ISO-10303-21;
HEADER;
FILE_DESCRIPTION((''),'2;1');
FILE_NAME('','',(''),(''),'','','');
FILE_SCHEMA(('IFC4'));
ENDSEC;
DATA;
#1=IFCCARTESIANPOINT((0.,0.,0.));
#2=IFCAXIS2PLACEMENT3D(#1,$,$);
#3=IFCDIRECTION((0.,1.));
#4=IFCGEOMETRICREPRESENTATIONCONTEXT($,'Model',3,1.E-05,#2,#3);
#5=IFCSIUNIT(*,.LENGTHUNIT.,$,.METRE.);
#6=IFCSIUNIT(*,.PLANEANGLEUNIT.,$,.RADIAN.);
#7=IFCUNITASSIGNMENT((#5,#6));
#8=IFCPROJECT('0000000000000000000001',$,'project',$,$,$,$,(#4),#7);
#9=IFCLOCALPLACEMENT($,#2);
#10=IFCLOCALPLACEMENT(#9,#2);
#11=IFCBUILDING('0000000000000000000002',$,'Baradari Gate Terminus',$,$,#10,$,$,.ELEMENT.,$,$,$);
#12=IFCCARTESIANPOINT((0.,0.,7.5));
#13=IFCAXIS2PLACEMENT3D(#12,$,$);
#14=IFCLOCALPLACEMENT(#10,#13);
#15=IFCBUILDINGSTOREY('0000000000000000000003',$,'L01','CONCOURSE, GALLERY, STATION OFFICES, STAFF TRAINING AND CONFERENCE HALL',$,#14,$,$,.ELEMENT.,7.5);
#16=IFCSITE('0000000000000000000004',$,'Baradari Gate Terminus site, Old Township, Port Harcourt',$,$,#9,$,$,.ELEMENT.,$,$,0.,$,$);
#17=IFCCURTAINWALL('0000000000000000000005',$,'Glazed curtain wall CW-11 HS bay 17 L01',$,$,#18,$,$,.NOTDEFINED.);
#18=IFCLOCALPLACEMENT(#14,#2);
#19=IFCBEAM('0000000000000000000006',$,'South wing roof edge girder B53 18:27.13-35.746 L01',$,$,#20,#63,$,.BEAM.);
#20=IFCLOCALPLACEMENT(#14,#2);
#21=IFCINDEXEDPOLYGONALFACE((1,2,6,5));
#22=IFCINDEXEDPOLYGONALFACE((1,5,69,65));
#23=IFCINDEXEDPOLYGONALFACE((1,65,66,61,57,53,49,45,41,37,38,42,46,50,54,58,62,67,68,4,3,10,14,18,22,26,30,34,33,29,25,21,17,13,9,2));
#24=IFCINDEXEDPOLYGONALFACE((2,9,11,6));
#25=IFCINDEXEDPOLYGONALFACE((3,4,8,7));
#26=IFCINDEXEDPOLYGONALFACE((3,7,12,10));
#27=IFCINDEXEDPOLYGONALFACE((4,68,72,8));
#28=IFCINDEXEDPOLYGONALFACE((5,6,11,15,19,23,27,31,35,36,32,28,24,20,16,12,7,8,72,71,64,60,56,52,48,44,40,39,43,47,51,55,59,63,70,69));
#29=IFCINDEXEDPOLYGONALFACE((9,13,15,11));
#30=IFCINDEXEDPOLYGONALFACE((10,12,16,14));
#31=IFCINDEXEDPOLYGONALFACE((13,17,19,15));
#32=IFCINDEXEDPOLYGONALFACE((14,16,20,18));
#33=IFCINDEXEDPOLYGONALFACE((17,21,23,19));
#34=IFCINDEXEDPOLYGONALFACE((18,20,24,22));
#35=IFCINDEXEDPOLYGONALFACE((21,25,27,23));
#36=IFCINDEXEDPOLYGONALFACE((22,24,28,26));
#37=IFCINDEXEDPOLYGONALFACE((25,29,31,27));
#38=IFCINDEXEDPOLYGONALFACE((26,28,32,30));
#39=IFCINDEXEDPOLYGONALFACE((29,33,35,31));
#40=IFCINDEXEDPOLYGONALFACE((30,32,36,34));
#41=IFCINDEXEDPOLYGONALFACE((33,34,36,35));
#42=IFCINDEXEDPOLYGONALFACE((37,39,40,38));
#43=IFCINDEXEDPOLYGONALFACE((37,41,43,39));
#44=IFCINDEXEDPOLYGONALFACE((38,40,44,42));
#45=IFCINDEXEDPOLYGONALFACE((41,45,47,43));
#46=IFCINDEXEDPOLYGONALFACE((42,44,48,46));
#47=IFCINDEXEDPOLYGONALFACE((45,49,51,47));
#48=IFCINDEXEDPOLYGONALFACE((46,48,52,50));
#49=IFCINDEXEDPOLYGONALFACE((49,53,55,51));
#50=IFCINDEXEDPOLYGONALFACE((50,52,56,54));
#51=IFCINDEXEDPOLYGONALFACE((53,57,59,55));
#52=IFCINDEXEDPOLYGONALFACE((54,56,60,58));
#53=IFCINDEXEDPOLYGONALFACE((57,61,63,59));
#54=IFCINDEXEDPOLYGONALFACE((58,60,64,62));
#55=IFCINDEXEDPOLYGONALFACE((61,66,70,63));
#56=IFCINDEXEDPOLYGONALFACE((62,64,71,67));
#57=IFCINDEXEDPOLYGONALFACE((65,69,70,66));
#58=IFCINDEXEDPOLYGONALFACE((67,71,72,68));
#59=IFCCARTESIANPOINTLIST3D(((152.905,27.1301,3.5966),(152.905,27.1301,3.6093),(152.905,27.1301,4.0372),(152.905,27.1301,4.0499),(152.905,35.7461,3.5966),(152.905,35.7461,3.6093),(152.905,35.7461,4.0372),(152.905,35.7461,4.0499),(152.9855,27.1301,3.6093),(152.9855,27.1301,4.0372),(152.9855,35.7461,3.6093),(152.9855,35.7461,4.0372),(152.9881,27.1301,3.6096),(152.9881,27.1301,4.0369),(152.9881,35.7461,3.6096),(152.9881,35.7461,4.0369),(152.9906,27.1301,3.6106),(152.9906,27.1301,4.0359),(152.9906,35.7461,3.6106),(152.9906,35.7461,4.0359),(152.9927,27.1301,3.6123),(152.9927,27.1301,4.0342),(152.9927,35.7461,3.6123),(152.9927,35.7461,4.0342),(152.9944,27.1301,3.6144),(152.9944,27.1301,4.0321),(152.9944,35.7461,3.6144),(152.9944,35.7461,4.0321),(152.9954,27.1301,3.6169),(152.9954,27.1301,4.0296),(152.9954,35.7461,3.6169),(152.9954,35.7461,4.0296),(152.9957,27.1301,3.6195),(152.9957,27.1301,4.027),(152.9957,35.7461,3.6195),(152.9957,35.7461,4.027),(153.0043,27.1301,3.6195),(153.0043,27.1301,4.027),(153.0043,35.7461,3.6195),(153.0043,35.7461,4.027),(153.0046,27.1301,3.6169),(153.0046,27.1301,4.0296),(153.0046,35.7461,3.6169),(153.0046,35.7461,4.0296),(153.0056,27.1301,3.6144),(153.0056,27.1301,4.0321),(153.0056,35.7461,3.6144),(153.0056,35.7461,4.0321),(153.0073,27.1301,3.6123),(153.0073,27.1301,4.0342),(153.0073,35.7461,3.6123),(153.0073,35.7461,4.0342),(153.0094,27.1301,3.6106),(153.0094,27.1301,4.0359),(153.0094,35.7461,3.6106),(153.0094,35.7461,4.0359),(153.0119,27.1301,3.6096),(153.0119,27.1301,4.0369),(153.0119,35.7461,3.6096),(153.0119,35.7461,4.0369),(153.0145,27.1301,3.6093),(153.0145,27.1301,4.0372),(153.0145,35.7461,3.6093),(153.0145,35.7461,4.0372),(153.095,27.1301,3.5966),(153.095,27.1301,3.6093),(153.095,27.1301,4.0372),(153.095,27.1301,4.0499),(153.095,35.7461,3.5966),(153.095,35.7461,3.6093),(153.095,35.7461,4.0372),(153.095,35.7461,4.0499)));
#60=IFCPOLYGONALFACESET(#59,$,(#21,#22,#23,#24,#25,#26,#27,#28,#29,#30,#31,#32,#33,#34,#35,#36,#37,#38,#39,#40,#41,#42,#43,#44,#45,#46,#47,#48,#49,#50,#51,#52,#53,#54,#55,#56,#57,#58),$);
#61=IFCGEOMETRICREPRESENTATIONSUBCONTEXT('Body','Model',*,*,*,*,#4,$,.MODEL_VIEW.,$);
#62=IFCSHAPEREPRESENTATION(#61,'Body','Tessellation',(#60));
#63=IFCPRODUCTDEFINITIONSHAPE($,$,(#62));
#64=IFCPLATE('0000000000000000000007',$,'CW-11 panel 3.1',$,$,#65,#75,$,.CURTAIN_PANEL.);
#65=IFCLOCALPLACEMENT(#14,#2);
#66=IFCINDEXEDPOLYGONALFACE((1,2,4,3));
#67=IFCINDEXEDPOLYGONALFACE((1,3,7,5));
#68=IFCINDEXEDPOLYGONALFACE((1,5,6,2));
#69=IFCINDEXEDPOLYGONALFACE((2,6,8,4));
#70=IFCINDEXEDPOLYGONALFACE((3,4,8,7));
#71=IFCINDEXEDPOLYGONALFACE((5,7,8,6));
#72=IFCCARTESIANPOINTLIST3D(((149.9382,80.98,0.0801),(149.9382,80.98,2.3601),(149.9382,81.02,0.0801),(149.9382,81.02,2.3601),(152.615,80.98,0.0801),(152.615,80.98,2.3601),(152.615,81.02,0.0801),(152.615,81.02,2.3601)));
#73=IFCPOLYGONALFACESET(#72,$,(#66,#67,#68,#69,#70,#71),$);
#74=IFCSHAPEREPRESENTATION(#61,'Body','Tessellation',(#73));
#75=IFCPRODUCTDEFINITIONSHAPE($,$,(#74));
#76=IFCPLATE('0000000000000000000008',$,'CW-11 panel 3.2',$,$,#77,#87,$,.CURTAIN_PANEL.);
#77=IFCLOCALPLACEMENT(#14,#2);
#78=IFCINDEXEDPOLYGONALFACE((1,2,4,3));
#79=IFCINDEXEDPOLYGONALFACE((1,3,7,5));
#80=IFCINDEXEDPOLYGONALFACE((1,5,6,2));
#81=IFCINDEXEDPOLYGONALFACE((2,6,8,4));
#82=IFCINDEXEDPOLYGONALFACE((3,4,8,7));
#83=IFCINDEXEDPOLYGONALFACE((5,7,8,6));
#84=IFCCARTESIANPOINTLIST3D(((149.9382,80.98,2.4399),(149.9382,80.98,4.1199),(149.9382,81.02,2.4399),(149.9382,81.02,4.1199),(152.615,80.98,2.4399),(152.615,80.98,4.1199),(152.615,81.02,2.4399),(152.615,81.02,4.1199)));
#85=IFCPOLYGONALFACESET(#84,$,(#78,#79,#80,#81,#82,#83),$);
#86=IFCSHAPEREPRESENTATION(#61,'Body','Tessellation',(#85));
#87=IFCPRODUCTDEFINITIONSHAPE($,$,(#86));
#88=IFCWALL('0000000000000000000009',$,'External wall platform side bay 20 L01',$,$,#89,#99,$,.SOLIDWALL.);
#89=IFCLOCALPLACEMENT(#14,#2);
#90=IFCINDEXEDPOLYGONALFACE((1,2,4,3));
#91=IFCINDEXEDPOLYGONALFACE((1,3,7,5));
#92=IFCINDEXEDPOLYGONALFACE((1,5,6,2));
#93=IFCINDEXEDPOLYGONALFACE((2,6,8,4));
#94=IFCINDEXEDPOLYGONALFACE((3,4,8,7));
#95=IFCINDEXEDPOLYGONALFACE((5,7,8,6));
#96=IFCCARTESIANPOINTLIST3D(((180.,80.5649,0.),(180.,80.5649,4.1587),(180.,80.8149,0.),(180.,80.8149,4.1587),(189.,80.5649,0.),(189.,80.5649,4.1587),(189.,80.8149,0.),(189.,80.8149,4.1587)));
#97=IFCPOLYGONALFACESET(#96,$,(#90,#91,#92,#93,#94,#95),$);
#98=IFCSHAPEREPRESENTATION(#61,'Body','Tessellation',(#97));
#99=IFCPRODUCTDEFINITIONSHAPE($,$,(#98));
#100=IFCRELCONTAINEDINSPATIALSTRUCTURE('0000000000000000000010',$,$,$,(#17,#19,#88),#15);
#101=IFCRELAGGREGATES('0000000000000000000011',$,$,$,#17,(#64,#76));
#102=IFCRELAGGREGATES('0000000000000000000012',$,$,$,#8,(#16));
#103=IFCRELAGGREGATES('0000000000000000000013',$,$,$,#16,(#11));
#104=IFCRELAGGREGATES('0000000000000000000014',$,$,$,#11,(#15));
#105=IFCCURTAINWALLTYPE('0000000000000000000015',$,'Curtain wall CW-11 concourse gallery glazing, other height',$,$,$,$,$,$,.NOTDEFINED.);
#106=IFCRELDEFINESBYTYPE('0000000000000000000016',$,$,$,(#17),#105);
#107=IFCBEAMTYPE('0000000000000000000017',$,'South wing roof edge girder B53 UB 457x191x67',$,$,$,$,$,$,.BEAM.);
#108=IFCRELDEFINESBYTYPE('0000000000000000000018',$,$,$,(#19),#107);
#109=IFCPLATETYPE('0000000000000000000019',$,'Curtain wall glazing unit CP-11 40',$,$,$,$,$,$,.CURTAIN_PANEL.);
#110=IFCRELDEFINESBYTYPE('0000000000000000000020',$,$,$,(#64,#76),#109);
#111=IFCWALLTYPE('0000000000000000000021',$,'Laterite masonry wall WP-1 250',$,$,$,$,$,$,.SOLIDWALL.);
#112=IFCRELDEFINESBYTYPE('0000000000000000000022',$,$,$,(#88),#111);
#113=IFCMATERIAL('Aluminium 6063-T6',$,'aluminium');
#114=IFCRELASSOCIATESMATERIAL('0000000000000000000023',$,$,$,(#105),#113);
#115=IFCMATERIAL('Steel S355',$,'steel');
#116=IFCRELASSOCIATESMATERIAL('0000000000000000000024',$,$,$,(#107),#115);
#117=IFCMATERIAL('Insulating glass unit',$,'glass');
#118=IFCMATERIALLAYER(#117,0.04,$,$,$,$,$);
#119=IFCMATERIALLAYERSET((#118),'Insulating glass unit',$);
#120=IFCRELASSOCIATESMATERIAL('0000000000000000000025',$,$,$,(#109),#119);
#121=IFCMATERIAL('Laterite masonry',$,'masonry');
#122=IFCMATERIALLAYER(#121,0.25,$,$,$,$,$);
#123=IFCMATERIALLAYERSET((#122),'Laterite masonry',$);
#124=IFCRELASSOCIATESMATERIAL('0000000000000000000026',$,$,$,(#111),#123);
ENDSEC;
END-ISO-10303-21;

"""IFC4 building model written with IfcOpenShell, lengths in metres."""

from ifc_helpers import new_model, si_unit, direction, frame, frame_2d, origin, origin_2d, place, context, subcontext, project, spatial, rectangle, i_section, extrude, material, layer, layer_set, material_profile, profile_set, type_object, element, aggregate, save


model = new_model("IFC4")

# Units and contexts
model_context = context("Model", 3, precision=1e-05, world=origin(), true_north=direction((0.0, 1.0)))
body_context = subcontext(model_context, "Body", "Model", "MODEL_VIEW")
ifc_project = project(units=[si_unit("LENGTHUNIT", "METRE"), si_unit("PLANEANGLEUNIT", "RADIAN")], contexts=[model_context])

# Site, building, storey
site_placement = place(None, origin())
site = spatial("IfcSite", under=ifc_project, at=site_placement, Name="Baradari Gate Terminus site, Old Township, Port Harcourt", CompositionType="ELEMENT", RefElevation=0.0)
building_placement = place(site_placement, origin())
building = spatial("IfcBuilding", under=site, at=building_placement, Name="Baradari Gate Terminus", CompositionType="ELEMENT")
storey_placement = place(building_placement, frame((0.0, 0.0, 7.5)))
storey = spatial("IfcBuildingStorey", under=building, at=storey_placement, Name="L01", Description="CONCOURSE, GALLERY, STATION OFFICES, STAFF TRAINING AND CONFERENCE HALL", CompositionType="ELEMENT", Elevation=7.5)

# Curtain wall
ifc_material_1 = material(Name="Aluminium 6063-T6", Category="aluminium")
curtain_wall_type = type_object("IfcCurtainWallType", Name="Curtain wall CW-11 concourse gallery glazing, other height", PredefinedType="NOTDEFINED", material=ifc_material_1)
curtain_wall_placement = place(storey_placement, origin())
curtain_wall = element("IfcCurtainWall", 1, at=curtain_wall_placement, inside=storey, type_object=curtain_wall_type, Name="Glazed curtain wall CW-11 HS bay 17 L01", PredefinedType="NOTDEFINED")

# Beam
ifc_material_2 = material(Name="Steel S355", Category="steel")
ifc_material_profile_1 = material_profile(ifc_material_2, i_section(OverallWidth=0.1899, OverallDepth=0.4534, WebThickness=0.0085, FlangeThickness=0.0127, FilletRadius=0.0103, at=origin_2d()), Name="UB 457x191x67")
ifc_profile_set_1 = profile_set([ifc_material_profile_1], Name="Steel S355")
beam_type_1 = type_object("IfcBeamType", Name="South wing roof edge girder B53 UB 457x191x67", PredefinedType="BEAM", material=ifc_profile_set_1)
beam_1_placement = place(storey_placement, frame((153.0, 27.1301, 3.8232), z_axis=(0.0, 1.0, 0.0), x_axis=(-1.0, 0.0, 0.0)))
element("IfcBeam", 2, at=beam_1_placement, inside=storey, type_object=beam_type_1, Name="South wing roof edge girder B53 18:27.13-35.746 L01", PredefinedType="BEAM", context=body_context, shape_type="SweptSolid", body=[
    extrude(i_section(OverallWidth=0.1899, OverallDepth=0.4534, WebThickness=0.0085, FlangeThickness=0.0127, FilletRadius=0.0103, at=origin_2d()), origin(), (0.0, 0.0, 1.0), 8.616),
])

# Plates
ifc_material_3 = material(Name="Insulating glass unit", Category="glass")
ifc_layer_1 = layer(ifc_material_3, 0.04)
ifc_layer_set_1 = layer_set([ifc_layer_1], Name="Insulating glass unit")
plate_type = type_object("IfcPlateType", Name="Curtain wall glazing unit CP-11 40", PredefinedType="CURTAIN_PANEL", material=ifc_layer_set_1)
plate_1_placement = place(storey_placement, frame((151.2766, 81.0, 0.0801), z_axis=(0.0, 0.0, 1.0), x_axis=(1.0, 0.0, 0.0)))
plate_1 = element("IfcPlate", 3, at=plate_1_placement, type_object=plate_type, Name="CW-11 panel 3.1", PredefinedType="CURTAIN_PANEL", context=body_context, shape_type="SweptSolid", body=[
    extrude(rectangle(XDim=2.6768, YDim=0.04, at=origin_2d()), origin(), (0.0, 0.0, 1.0), 2.28),
])
plate_2_placement = place(storey_placement, frame((151.2766, 81.0, 2.4399), z_axis=(0.0, 0.0, 1.0), x_axis=(1.0, 0.0, 0.0)))
plate_2 = element("IfcPlate", 4, at=plate_2_placement, type_object=plate_type, Name="CW-11 panel 3.2", PredefinedType="CURTAIN_PANEL", context=body_context, shape_type="SweptSolid", body=[
    extrude(rectangle(XDim=2.6768, YDim=0.04, at=origin_2d()), origin(), (0.0, 0.0, 1.0), 1.6799),
])
aggregate(curtain_wall, [plate_1, plate_2])

# Wall
ifc_material_4 = material(Name="Laterite masonry", Category="masonry")
ifc_layer_2 = layer(ifc_material_4, 0.25)
ifc_layer_set_2 = layer_set([ifc_layer_2], Name="Laterite masonry")
wall_type_1 = type_object("IfcWallType", Name="Laterite masonry wall WP-1 250", PredefinedType="SOLIDWALL", material=ifc_layer_set_2)
wall_1_placement = place(storey_placement, frame((180.0, 80.6899, 0.0), z_axis=(0.0, 0.0, 1.0), x_axis=(1.0, 0.0, 0.0)))
element("IfcWall", 5, at=wall_1_placement, inside=storey, type_object=wall_type_1, Name="External wall platform side bay 20 L01", PredefinedType="SOLIDWALL", context=body_context, shape_type="SweptSolid", body=[
    extrude(rectangle(XDim=9.0, YDim=0.25, at=frame_2d((4.5, 0.0))), origin(), (0.0, 0.0, 1.0), 4.1587),
])

save(model, "model.ifc")
